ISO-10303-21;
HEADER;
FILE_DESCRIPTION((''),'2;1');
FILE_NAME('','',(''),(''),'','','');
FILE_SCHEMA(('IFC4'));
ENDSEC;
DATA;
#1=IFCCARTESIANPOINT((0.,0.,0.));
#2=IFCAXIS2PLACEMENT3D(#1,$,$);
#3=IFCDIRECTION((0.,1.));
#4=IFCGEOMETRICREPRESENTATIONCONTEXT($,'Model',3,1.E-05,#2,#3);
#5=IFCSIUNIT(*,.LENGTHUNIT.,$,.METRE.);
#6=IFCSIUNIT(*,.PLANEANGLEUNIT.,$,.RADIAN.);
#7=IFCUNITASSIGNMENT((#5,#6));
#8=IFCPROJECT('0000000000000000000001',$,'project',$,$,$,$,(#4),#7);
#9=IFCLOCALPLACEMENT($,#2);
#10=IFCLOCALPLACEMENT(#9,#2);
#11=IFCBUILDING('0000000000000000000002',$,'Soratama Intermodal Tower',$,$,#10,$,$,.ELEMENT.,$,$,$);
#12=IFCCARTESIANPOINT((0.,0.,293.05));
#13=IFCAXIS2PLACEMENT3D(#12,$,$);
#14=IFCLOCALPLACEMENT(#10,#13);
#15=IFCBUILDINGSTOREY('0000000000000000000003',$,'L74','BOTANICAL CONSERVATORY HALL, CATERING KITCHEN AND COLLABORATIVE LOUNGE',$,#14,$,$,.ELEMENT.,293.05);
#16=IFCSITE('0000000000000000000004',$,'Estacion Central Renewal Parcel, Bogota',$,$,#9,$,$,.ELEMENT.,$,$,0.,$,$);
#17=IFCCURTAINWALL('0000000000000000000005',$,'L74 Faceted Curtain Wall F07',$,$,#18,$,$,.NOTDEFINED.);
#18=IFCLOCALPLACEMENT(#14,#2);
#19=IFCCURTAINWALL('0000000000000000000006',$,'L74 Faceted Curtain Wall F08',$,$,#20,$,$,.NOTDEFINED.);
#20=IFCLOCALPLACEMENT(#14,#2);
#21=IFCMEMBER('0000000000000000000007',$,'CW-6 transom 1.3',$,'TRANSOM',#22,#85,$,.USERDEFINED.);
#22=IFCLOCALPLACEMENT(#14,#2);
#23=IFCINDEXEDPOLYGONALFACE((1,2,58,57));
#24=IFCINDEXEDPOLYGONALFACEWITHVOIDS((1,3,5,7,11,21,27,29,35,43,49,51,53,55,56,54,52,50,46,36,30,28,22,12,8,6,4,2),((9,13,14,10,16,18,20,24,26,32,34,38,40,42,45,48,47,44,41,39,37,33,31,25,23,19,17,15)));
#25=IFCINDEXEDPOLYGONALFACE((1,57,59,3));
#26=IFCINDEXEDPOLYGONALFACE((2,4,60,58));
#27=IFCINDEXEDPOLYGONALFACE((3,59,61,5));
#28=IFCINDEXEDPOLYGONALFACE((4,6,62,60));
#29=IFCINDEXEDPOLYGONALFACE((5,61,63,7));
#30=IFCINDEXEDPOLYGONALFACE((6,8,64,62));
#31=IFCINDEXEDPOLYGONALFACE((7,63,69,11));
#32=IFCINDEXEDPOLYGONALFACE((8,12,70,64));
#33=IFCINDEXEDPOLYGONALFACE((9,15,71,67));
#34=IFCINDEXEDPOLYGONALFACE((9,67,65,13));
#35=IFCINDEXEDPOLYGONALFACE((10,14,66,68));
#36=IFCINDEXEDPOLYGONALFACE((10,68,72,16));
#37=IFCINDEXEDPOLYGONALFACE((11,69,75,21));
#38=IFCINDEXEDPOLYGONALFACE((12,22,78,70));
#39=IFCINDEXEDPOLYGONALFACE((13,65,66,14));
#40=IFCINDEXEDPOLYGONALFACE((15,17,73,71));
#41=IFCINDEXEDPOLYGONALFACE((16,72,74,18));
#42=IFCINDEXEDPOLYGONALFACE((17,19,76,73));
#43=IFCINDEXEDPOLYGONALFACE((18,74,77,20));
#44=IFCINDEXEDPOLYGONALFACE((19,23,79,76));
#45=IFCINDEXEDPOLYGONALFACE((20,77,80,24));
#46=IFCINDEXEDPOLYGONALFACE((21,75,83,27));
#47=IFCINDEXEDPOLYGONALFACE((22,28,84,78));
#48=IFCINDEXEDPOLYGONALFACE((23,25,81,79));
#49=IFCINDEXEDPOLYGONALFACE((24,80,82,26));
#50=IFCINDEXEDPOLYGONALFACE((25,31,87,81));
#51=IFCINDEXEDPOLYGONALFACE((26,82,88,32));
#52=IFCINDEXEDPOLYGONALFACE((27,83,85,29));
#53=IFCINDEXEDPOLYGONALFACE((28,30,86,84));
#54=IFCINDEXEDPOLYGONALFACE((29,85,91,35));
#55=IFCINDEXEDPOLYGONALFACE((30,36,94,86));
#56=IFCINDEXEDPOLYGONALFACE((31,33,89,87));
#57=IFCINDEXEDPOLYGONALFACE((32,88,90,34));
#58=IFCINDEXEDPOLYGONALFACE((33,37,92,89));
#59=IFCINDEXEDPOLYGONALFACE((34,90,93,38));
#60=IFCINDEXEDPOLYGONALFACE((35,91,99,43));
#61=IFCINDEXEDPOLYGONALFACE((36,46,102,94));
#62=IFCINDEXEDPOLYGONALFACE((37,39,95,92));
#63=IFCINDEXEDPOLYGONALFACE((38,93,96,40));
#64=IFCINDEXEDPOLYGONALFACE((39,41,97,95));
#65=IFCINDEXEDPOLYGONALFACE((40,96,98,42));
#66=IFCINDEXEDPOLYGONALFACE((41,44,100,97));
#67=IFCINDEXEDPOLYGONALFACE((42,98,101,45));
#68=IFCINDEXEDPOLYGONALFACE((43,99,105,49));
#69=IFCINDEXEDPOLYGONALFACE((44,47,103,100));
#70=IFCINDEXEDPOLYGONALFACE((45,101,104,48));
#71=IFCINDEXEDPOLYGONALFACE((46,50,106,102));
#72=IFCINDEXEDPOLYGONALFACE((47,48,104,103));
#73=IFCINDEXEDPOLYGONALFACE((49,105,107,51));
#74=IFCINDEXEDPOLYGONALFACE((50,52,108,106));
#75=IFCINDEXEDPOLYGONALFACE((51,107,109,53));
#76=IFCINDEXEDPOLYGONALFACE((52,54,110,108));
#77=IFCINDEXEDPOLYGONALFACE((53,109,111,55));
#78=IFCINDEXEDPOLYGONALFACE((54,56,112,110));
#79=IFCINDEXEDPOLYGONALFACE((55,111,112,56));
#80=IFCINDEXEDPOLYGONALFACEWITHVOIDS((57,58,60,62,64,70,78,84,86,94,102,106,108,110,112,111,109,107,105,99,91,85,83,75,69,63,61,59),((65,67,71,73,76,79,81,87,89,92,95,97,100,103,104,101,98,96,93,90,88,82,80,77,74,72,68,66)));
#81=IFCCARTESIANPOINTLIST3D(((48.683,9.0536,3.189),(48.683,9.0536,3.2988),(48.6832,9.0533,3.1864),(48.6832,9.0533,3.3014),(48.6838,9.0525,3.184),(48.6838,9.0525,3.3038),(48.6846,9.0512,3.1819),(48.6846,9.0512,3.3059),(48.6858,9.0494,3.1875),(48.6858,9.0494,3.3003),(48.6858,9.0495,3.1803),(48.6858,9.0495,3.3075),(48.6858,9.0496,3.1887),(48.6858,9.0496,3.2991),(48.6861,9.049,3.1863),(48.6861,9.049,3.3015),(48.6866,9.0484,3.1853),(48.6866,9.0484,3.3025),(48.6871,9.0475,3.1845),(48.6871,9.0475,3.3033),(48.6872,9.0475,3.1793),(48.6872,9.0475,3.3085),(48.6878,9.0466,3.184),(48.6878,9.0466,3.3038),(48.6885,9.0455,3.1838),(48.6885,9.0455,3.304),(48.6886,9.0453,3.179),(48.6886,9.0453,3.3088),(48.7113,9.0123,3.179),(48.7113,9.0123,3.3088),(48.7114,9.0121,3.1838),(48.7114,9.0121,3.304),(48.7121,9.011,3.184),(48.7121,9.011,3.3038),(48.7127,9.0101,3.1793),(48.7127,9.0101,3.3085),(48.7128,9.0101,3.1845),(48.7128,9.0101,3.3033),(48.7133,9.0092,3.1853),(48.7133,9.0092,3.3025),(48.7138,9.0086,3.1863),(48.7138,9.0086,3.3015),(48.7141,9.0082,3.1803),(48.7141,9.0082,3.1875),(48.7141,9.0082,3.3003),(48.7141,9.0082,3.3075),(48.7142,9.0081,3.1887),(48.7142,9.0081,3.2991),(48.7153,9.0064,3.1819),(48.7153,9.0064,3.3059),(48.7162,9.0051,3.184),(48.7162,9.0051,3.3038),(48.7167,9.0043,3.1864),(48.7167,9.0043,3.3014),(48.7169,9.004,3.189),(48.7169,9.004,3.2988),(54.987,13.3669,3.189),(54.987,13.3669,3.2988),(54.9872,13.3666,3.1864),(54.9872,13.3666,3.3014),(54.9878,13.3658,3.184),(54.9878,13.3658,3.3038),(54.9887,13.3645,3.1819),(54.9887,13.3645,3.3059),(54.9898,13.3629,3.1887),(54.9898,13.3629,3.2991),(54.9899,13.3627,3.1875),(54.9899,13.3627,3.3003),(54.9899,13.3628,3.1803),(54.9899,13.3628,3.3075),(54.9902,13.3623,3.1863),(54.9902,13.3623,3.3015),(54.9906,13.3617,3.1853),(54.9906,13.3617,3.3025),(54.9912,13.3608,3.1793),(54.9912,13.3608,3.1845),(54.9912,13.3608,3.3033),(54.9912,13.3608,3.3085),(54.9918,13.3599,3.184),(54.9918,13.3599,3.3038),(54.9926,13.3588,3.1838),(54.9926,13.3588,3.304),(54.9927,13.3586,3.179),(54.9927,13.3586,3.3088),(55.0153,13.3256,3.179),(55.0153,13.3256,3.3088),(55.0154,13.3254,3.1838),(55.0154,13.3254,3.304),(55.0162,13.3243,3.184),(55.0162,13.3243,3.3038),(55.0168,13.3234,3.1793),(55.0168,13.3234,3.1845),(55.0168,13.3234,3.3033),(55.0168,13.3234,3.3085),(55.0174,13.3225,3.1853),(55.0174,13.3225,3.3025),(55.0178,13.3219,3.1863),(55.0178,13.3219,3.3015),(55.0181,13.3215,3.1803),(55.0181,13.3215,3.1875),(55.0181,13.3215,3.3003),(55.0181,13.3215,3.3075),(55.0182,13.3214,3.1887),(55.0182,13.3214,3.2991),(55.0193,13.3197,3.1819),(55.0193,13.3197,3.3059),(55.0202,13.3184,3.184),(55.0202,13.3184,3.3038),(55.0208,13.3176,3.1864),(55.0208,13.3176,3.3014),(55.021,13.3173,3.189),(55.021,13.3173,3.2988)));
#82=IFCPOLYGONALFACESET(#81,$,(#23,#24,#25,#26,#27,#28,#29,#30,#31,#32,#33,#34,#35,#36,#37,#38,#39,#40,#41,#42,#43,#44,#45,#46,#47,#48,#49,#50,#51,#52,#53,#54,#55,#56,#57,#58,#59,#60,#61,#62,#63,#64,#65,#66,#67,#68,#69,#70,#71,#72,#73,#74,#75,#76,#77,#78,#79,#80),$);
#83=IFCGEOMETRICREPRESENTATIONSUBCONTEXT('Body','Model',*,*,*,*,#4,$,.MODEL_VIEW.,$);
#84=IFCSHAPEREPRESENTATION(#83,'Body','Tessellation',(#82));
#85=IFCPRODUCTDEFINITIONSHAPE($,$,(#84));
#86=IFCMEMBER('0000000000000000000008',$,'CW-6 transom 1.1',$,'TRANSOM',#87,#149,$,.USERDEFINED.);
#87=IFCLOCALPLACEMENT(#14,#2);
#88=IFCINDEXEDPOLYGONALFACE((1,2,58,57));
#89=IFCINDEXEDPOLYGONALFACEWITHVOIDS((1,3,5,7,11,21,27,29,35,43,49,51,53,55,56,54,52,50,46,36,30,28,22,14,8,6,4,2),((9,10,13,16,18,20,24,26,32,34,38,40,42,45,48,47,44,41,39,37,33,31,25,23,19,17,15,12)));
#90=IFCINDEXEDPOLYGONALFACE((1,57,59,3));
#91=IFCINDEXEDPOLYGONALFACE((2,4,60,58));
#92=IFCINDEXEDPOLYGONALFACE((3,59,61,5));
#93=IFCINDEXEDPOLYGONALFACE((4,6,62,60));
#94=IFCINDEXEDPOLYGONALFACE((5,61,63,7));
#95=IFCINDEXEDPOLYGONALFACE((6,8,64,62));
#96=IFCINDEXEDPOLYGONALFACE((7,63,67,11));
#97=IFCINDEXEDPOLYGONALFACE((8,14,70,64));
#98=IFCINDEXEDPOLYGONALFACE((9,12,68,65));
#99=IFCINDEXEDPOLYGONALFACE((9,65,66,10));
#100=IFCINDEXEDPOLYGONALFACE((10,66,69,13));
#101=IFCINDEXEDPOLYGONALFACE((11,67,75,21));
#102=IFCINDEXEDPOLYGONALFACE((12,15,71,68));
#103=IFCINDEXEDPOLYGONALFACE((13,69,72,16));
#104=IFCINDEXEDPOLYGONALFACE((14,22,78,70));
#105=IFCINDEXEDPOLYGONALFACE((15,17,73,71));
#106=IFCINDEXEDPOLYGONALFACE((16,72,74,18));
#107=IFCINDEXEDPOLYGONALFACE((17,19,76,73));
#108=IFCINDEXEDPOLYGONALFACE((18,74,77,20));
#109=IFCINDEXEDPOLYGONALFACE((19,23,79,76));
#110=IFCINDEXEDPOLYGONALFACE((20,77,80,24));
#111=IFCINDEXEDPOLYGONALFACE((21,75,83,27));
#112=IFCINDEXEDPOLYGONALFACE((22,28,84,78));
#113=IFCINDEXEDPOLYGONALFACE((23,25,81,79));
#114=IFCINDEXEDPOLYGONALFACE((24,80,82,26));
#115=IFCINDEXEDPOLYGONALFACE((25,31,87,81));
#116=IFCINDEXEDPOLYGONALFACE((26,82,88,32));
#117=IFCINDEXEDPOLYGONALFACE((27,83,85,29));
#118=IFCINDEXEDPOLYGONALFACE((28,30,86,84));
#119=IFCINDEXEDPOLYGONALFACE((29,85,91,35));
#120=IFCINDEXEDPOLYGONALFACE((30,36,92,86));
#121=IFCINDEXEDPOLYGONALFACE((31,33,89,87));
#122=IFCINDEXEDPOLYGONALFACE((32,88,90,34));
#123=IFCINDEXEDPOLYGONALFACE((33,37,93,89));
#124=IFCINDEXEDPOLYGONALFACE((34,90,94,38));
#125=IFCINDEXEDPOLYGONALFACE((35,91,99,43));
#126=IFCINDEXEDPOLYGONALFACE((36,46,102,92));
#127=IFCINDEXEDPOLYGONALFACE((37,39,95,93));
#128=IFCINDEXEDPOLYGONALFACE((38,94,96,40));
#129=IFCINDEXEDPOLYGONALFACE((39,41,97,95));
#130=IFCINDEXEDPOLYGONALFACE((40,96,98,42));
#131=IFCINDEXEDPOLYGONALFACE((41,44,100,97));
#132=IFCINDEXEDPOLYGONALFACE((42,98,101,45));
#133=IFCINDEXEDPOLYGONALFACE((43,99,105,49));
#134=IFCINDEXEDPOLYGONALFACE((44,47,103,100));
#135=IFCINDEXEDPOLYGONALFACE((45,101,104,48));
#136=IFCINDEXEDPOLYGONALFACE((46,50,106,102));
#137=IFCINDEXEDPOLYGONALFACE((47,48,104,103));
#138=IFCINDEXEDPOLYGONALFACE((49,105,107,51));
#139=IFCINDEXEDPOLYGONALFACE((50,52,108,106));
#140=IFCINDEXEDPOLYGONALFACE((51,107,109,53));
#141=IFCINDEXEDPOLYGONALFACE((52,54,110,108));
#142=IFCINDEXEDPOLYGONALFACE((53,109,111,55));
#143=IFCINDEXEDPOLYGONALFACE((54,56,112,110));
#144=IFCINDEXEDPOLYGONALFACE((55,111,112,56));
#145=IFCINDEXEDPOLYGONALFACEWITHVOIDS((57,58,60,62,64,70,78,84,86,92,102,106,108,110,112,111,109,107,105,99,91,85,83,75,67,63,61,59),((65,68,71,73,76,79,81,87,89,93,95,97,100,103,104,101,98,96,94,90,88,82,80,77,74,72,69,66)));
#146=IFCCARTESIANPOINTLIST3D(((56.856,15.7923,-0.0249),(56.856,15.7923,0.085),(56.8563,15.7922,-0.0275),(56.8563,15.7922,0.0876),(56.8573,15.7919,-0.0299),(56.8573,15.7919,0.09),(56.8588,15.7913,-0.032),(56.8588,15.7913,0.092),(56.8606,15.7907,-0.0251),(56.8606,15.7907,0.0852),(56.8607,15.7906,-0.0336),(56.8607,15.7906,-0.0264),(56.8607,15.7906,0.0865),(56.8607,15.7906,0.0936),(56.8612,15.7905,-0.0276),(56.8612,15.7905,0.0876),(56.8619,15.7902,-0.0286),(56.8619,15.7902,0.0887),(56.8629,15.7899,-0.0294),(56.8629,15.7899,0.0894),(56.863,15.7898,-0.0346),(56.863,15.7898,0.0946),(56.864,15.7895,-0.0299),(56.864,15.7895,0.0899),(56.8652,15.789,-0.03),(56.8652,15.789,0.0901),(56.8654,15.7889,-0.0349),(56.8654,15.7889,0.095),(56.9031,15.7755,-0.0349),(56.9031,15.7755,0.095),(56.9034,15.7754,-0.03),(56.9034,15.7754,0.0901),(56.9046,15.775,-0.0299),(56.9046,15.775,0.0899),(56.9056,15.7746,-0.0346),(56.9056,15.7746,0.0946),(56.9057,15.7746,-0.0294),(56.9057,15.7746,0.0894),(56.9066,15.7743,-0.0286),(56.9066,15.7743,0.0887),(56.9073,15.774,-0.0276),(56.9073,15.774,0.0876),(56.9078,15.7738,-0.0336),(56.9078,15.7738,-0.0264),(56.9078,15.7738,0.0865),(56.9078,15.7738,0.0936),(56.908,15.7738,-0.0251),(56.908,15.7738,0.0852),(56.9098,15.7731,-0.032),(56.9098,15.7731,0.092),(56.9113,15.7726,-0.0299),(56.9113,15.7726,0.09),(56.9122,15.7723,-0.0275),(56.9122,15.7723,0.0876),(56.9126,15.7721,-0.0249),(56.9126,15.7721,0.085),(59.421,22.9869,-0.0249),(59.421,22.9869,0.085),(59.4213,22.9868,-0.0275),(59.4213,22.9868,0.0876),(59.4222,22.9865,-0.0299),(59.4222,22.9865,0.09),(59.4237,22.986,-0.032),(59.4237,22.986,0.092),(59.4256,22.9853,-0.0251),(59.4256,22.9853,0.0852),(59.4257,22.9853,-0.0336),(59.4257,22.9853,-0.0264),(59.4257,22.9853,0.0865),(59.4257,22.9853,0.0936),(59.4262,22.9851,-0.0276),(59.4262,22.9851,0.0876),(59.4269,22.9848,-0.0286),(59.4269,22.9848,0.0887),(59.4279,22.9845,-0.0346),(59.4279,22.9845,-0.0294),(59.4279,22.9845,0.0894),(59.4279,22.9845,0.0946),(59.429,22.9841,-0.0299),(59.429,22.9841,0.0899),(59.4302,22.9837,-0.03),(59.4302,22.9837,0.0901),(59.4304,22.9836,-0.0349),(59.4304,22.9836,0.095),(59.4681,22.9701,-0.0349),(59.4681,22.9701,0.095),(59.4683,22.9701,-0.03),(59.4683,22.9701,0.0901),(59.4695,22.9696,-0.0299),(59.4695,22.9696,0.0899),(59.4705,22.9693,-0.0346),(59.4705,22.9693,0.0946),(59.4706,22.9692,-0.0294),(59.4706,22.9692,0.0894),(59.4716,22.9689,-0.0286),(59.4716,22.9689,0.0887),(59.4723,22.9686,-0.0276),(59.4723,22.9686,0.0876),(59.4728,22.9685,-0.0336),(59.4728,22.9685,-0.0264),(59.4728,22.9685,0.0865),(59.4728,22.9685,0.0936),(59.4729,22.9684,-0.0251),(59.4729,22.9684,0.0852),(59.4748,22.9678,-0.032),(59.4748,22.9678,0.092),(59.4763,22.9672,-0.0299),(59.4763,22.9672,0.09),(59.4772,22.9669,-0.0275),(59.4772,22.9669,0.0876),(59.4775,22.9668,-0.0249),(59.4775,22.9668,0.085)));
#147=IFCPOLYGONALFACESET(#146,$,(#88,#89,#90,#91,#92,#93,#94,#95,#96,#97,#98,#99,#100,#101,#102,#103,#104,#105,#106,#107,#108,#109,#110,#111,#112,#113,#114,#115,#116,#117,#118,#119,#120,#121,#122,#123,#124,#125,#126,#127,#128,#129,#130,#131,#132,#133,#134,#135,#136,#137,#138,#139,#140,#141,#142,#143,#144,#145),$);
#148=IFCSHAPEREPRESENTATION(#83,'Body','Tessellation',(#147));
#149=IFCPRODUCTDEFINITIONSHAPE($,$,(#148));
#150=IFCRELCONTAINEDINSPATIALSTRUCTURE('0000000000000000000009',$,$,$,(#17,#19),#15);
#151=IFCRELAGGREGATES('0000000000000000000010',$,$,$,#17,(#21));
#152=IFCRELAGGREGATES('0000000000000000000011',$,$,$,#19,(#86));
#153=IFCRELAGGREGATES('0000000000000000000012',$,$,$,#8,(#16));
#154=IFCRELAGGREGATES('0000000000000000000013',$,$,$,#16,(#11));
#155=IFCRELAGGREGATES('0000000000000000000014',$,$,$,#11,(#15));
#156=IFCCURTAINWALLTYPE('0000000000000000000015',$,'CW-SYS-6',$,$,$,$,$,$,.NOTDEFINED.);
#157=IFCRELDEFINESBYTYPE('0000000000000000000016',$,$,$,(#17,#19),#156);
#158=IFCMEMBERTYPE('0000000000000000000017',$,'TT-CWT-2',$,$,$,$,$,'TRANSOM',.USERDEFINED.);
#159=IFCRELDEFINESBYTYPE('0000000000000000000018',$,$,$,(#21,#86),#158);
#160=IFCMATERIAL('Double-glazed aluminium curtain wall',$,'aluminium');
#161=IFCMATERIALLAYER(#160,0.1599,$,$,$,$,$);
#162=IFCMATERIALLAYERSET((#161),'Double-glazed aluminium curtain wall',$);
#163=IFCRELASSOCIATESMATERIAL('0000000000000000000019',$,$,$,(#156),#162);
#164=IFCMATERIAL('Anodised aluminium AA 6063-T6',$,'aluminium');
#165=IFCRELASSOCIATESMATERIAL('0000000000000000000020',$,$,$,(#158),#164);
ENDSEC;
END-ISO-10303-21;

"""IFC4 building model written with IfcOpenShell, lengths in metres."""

from ifc_helpers import new_model, si_unit, direction, frame, origin, origin_2d, place, context, subcontext, project, spatial, hollow_rectangle, extrude, material, layer, layer_set, material_profile, profile_set, type_object, element, aggregate, save


model = new_model("IFC4")

# Units and contexts
model_context = context("Model", 3, precision=1e-05, world=origin(), true_north=direction((0.0, 1.0)))
body_context = subcontext(model_context, "Body", "Model", "MODEL_VIEW")
ifc_project = project(units=[si_unit("LENGTHUNIT", "METRE"), si_unit("PLANEANGLEUNIT", "RADIAN")], contexts=[model_context])

# Site, building, storey
site_placement = place(None, origin())
site = spatial("IfcSite", under=ifc_project, at=site_placement, Name="Estacion Central Renewal Parcel, Bogota", CompositionType="ELEMENT", RefElevation=0.0)
building_placement = place(site_placement, origin())
building = spatial("IfcBuilding", under=site, at=building_placement, Name="Soratama Intermodal Tower", CompositionType="ELEMENT")
storey_placement = place(building_placement, frame((0.0, 0.0, 293.05)))
storey = spatial("IfcBuildingStorey", under=building, at=storey_placement, Name="L74", Description="BOTANICAL CONSERVATORY HALL, CATERING KITCHEN AND COLLABORATIVE LOUNGE", CompositionType="ELEMENT", Elevation=293.05)

# Curtain walls
ifc_material_1 = material(Name="Double-glazed aluminium curtain wall", Category="aluminium")
ifc_layer_1 = layer(ifc_material_1, 0.1599)
ifc_layer_set_1 = layer_set([ifc_layer_1], Name="Double-glazed aluminium curtain wall")
curtain_wall_type = type_object("IfcCurtainWallType", Name="CW-SYS-6", PredefinedType="NOTDEFINED", material=ifc_layer_set_1)
curtain_wall_1_placement = place(storey_placement, origin())
curtain_wall_1 = element("IfcCurtainWall", 1, at=curtain_wall_1_placement, inside=storey, type_object=curtain_wall_type, Name="L74 Faceted Curtain Wall F07", PredefinedType="NOTDEFINED")
curtain_wall_2_placement = place(storey_placement, origin())
curtain_wall_2 = element("IfcCurtainWall", 2, at=curtain_wall_2_placement, inside=storey, type_object=curtain_wall_type, Name="L74 Faceted Curtain Wall F08", PredefinedType="NOTDEFINED")

# Members
ifc_material_2 = material(Name="Anodised aluminium AA 6063-T6", Category="aluminium")
ifc_material_profile_1 = material_profile(ifc_material_2, hollow_rectangle(XDim=0.0601, YDim=0.1299, WallThickness=0.0049, InnerFilletRadius=0.0049, OuterFilletRadius=0.01, at=origin_2d()), Name="CWT130X60X5")
ifc_profile_set_1 = profile_set([ifc_material_profile_1], Name="Anodised aluminium AA 6063-T6")
member_type_1 = type_object("IfcMemberType", Name="TT-CWT-2", ElementType="TRANSOM", PredefinedType="USERDEFINED", material=ifc_profile_set_1)
member_1_placement = place(storey_placement, frame((48.7, 9.0288, 3.2439), z_axis=(0.825307, 0.564684, 0.0), x_axis=(-0.564684, 0.825307, 0.0)))
member_1 = element("IfcMember", 3, at=member_1_placement, type_object=member_type_1, Name="CW-6 transom 1.3", ObjectType="TRANSOM", PredefinedType="USERDEFINED", context=body_context, shape_type="SweptSolid", body=[
    extrude(hollow_rectangle(XDim=0.0601, YDim=0.1299, WallThickness=0.0049, InnerFilletRadius=0.0049, OuterFilletRadius=0.01, at=origin_2d()), origin(), (0.0, 0.0, 1.0), 7.6384),
])
member_2_placement = place(storey_placement, frame((56.8843, 15.7822, 0.03), z_axis=(0.335808, 0.941931, 0.0), x_axis=(-0.941931, 0.335808, 0.0)))
member_2 = element("IfcMember", 4, at=member_2_placement, type_object=member_type_1, Name="CW-6 transom 1.1", ObjectType="TRANSOM", PredefinedType="USERDEFINED", context=body_context, shape_type="SweptSolid", body=[
    extrude(hollow_rectangle(XDim=0.0601, YDim=0.1299, WallThickness=0.0049, InnerFilletRadius=0.0049, OuterFilletRadius=0.01, at=origin_2d()), origin(), (0.0, 0.0, 1.0), 7.6382),
])

aggregate(curtain_wall_1, [member_1])
aggregate(curtain_wall_2, [member_2])

save(model, "model.ifc")
